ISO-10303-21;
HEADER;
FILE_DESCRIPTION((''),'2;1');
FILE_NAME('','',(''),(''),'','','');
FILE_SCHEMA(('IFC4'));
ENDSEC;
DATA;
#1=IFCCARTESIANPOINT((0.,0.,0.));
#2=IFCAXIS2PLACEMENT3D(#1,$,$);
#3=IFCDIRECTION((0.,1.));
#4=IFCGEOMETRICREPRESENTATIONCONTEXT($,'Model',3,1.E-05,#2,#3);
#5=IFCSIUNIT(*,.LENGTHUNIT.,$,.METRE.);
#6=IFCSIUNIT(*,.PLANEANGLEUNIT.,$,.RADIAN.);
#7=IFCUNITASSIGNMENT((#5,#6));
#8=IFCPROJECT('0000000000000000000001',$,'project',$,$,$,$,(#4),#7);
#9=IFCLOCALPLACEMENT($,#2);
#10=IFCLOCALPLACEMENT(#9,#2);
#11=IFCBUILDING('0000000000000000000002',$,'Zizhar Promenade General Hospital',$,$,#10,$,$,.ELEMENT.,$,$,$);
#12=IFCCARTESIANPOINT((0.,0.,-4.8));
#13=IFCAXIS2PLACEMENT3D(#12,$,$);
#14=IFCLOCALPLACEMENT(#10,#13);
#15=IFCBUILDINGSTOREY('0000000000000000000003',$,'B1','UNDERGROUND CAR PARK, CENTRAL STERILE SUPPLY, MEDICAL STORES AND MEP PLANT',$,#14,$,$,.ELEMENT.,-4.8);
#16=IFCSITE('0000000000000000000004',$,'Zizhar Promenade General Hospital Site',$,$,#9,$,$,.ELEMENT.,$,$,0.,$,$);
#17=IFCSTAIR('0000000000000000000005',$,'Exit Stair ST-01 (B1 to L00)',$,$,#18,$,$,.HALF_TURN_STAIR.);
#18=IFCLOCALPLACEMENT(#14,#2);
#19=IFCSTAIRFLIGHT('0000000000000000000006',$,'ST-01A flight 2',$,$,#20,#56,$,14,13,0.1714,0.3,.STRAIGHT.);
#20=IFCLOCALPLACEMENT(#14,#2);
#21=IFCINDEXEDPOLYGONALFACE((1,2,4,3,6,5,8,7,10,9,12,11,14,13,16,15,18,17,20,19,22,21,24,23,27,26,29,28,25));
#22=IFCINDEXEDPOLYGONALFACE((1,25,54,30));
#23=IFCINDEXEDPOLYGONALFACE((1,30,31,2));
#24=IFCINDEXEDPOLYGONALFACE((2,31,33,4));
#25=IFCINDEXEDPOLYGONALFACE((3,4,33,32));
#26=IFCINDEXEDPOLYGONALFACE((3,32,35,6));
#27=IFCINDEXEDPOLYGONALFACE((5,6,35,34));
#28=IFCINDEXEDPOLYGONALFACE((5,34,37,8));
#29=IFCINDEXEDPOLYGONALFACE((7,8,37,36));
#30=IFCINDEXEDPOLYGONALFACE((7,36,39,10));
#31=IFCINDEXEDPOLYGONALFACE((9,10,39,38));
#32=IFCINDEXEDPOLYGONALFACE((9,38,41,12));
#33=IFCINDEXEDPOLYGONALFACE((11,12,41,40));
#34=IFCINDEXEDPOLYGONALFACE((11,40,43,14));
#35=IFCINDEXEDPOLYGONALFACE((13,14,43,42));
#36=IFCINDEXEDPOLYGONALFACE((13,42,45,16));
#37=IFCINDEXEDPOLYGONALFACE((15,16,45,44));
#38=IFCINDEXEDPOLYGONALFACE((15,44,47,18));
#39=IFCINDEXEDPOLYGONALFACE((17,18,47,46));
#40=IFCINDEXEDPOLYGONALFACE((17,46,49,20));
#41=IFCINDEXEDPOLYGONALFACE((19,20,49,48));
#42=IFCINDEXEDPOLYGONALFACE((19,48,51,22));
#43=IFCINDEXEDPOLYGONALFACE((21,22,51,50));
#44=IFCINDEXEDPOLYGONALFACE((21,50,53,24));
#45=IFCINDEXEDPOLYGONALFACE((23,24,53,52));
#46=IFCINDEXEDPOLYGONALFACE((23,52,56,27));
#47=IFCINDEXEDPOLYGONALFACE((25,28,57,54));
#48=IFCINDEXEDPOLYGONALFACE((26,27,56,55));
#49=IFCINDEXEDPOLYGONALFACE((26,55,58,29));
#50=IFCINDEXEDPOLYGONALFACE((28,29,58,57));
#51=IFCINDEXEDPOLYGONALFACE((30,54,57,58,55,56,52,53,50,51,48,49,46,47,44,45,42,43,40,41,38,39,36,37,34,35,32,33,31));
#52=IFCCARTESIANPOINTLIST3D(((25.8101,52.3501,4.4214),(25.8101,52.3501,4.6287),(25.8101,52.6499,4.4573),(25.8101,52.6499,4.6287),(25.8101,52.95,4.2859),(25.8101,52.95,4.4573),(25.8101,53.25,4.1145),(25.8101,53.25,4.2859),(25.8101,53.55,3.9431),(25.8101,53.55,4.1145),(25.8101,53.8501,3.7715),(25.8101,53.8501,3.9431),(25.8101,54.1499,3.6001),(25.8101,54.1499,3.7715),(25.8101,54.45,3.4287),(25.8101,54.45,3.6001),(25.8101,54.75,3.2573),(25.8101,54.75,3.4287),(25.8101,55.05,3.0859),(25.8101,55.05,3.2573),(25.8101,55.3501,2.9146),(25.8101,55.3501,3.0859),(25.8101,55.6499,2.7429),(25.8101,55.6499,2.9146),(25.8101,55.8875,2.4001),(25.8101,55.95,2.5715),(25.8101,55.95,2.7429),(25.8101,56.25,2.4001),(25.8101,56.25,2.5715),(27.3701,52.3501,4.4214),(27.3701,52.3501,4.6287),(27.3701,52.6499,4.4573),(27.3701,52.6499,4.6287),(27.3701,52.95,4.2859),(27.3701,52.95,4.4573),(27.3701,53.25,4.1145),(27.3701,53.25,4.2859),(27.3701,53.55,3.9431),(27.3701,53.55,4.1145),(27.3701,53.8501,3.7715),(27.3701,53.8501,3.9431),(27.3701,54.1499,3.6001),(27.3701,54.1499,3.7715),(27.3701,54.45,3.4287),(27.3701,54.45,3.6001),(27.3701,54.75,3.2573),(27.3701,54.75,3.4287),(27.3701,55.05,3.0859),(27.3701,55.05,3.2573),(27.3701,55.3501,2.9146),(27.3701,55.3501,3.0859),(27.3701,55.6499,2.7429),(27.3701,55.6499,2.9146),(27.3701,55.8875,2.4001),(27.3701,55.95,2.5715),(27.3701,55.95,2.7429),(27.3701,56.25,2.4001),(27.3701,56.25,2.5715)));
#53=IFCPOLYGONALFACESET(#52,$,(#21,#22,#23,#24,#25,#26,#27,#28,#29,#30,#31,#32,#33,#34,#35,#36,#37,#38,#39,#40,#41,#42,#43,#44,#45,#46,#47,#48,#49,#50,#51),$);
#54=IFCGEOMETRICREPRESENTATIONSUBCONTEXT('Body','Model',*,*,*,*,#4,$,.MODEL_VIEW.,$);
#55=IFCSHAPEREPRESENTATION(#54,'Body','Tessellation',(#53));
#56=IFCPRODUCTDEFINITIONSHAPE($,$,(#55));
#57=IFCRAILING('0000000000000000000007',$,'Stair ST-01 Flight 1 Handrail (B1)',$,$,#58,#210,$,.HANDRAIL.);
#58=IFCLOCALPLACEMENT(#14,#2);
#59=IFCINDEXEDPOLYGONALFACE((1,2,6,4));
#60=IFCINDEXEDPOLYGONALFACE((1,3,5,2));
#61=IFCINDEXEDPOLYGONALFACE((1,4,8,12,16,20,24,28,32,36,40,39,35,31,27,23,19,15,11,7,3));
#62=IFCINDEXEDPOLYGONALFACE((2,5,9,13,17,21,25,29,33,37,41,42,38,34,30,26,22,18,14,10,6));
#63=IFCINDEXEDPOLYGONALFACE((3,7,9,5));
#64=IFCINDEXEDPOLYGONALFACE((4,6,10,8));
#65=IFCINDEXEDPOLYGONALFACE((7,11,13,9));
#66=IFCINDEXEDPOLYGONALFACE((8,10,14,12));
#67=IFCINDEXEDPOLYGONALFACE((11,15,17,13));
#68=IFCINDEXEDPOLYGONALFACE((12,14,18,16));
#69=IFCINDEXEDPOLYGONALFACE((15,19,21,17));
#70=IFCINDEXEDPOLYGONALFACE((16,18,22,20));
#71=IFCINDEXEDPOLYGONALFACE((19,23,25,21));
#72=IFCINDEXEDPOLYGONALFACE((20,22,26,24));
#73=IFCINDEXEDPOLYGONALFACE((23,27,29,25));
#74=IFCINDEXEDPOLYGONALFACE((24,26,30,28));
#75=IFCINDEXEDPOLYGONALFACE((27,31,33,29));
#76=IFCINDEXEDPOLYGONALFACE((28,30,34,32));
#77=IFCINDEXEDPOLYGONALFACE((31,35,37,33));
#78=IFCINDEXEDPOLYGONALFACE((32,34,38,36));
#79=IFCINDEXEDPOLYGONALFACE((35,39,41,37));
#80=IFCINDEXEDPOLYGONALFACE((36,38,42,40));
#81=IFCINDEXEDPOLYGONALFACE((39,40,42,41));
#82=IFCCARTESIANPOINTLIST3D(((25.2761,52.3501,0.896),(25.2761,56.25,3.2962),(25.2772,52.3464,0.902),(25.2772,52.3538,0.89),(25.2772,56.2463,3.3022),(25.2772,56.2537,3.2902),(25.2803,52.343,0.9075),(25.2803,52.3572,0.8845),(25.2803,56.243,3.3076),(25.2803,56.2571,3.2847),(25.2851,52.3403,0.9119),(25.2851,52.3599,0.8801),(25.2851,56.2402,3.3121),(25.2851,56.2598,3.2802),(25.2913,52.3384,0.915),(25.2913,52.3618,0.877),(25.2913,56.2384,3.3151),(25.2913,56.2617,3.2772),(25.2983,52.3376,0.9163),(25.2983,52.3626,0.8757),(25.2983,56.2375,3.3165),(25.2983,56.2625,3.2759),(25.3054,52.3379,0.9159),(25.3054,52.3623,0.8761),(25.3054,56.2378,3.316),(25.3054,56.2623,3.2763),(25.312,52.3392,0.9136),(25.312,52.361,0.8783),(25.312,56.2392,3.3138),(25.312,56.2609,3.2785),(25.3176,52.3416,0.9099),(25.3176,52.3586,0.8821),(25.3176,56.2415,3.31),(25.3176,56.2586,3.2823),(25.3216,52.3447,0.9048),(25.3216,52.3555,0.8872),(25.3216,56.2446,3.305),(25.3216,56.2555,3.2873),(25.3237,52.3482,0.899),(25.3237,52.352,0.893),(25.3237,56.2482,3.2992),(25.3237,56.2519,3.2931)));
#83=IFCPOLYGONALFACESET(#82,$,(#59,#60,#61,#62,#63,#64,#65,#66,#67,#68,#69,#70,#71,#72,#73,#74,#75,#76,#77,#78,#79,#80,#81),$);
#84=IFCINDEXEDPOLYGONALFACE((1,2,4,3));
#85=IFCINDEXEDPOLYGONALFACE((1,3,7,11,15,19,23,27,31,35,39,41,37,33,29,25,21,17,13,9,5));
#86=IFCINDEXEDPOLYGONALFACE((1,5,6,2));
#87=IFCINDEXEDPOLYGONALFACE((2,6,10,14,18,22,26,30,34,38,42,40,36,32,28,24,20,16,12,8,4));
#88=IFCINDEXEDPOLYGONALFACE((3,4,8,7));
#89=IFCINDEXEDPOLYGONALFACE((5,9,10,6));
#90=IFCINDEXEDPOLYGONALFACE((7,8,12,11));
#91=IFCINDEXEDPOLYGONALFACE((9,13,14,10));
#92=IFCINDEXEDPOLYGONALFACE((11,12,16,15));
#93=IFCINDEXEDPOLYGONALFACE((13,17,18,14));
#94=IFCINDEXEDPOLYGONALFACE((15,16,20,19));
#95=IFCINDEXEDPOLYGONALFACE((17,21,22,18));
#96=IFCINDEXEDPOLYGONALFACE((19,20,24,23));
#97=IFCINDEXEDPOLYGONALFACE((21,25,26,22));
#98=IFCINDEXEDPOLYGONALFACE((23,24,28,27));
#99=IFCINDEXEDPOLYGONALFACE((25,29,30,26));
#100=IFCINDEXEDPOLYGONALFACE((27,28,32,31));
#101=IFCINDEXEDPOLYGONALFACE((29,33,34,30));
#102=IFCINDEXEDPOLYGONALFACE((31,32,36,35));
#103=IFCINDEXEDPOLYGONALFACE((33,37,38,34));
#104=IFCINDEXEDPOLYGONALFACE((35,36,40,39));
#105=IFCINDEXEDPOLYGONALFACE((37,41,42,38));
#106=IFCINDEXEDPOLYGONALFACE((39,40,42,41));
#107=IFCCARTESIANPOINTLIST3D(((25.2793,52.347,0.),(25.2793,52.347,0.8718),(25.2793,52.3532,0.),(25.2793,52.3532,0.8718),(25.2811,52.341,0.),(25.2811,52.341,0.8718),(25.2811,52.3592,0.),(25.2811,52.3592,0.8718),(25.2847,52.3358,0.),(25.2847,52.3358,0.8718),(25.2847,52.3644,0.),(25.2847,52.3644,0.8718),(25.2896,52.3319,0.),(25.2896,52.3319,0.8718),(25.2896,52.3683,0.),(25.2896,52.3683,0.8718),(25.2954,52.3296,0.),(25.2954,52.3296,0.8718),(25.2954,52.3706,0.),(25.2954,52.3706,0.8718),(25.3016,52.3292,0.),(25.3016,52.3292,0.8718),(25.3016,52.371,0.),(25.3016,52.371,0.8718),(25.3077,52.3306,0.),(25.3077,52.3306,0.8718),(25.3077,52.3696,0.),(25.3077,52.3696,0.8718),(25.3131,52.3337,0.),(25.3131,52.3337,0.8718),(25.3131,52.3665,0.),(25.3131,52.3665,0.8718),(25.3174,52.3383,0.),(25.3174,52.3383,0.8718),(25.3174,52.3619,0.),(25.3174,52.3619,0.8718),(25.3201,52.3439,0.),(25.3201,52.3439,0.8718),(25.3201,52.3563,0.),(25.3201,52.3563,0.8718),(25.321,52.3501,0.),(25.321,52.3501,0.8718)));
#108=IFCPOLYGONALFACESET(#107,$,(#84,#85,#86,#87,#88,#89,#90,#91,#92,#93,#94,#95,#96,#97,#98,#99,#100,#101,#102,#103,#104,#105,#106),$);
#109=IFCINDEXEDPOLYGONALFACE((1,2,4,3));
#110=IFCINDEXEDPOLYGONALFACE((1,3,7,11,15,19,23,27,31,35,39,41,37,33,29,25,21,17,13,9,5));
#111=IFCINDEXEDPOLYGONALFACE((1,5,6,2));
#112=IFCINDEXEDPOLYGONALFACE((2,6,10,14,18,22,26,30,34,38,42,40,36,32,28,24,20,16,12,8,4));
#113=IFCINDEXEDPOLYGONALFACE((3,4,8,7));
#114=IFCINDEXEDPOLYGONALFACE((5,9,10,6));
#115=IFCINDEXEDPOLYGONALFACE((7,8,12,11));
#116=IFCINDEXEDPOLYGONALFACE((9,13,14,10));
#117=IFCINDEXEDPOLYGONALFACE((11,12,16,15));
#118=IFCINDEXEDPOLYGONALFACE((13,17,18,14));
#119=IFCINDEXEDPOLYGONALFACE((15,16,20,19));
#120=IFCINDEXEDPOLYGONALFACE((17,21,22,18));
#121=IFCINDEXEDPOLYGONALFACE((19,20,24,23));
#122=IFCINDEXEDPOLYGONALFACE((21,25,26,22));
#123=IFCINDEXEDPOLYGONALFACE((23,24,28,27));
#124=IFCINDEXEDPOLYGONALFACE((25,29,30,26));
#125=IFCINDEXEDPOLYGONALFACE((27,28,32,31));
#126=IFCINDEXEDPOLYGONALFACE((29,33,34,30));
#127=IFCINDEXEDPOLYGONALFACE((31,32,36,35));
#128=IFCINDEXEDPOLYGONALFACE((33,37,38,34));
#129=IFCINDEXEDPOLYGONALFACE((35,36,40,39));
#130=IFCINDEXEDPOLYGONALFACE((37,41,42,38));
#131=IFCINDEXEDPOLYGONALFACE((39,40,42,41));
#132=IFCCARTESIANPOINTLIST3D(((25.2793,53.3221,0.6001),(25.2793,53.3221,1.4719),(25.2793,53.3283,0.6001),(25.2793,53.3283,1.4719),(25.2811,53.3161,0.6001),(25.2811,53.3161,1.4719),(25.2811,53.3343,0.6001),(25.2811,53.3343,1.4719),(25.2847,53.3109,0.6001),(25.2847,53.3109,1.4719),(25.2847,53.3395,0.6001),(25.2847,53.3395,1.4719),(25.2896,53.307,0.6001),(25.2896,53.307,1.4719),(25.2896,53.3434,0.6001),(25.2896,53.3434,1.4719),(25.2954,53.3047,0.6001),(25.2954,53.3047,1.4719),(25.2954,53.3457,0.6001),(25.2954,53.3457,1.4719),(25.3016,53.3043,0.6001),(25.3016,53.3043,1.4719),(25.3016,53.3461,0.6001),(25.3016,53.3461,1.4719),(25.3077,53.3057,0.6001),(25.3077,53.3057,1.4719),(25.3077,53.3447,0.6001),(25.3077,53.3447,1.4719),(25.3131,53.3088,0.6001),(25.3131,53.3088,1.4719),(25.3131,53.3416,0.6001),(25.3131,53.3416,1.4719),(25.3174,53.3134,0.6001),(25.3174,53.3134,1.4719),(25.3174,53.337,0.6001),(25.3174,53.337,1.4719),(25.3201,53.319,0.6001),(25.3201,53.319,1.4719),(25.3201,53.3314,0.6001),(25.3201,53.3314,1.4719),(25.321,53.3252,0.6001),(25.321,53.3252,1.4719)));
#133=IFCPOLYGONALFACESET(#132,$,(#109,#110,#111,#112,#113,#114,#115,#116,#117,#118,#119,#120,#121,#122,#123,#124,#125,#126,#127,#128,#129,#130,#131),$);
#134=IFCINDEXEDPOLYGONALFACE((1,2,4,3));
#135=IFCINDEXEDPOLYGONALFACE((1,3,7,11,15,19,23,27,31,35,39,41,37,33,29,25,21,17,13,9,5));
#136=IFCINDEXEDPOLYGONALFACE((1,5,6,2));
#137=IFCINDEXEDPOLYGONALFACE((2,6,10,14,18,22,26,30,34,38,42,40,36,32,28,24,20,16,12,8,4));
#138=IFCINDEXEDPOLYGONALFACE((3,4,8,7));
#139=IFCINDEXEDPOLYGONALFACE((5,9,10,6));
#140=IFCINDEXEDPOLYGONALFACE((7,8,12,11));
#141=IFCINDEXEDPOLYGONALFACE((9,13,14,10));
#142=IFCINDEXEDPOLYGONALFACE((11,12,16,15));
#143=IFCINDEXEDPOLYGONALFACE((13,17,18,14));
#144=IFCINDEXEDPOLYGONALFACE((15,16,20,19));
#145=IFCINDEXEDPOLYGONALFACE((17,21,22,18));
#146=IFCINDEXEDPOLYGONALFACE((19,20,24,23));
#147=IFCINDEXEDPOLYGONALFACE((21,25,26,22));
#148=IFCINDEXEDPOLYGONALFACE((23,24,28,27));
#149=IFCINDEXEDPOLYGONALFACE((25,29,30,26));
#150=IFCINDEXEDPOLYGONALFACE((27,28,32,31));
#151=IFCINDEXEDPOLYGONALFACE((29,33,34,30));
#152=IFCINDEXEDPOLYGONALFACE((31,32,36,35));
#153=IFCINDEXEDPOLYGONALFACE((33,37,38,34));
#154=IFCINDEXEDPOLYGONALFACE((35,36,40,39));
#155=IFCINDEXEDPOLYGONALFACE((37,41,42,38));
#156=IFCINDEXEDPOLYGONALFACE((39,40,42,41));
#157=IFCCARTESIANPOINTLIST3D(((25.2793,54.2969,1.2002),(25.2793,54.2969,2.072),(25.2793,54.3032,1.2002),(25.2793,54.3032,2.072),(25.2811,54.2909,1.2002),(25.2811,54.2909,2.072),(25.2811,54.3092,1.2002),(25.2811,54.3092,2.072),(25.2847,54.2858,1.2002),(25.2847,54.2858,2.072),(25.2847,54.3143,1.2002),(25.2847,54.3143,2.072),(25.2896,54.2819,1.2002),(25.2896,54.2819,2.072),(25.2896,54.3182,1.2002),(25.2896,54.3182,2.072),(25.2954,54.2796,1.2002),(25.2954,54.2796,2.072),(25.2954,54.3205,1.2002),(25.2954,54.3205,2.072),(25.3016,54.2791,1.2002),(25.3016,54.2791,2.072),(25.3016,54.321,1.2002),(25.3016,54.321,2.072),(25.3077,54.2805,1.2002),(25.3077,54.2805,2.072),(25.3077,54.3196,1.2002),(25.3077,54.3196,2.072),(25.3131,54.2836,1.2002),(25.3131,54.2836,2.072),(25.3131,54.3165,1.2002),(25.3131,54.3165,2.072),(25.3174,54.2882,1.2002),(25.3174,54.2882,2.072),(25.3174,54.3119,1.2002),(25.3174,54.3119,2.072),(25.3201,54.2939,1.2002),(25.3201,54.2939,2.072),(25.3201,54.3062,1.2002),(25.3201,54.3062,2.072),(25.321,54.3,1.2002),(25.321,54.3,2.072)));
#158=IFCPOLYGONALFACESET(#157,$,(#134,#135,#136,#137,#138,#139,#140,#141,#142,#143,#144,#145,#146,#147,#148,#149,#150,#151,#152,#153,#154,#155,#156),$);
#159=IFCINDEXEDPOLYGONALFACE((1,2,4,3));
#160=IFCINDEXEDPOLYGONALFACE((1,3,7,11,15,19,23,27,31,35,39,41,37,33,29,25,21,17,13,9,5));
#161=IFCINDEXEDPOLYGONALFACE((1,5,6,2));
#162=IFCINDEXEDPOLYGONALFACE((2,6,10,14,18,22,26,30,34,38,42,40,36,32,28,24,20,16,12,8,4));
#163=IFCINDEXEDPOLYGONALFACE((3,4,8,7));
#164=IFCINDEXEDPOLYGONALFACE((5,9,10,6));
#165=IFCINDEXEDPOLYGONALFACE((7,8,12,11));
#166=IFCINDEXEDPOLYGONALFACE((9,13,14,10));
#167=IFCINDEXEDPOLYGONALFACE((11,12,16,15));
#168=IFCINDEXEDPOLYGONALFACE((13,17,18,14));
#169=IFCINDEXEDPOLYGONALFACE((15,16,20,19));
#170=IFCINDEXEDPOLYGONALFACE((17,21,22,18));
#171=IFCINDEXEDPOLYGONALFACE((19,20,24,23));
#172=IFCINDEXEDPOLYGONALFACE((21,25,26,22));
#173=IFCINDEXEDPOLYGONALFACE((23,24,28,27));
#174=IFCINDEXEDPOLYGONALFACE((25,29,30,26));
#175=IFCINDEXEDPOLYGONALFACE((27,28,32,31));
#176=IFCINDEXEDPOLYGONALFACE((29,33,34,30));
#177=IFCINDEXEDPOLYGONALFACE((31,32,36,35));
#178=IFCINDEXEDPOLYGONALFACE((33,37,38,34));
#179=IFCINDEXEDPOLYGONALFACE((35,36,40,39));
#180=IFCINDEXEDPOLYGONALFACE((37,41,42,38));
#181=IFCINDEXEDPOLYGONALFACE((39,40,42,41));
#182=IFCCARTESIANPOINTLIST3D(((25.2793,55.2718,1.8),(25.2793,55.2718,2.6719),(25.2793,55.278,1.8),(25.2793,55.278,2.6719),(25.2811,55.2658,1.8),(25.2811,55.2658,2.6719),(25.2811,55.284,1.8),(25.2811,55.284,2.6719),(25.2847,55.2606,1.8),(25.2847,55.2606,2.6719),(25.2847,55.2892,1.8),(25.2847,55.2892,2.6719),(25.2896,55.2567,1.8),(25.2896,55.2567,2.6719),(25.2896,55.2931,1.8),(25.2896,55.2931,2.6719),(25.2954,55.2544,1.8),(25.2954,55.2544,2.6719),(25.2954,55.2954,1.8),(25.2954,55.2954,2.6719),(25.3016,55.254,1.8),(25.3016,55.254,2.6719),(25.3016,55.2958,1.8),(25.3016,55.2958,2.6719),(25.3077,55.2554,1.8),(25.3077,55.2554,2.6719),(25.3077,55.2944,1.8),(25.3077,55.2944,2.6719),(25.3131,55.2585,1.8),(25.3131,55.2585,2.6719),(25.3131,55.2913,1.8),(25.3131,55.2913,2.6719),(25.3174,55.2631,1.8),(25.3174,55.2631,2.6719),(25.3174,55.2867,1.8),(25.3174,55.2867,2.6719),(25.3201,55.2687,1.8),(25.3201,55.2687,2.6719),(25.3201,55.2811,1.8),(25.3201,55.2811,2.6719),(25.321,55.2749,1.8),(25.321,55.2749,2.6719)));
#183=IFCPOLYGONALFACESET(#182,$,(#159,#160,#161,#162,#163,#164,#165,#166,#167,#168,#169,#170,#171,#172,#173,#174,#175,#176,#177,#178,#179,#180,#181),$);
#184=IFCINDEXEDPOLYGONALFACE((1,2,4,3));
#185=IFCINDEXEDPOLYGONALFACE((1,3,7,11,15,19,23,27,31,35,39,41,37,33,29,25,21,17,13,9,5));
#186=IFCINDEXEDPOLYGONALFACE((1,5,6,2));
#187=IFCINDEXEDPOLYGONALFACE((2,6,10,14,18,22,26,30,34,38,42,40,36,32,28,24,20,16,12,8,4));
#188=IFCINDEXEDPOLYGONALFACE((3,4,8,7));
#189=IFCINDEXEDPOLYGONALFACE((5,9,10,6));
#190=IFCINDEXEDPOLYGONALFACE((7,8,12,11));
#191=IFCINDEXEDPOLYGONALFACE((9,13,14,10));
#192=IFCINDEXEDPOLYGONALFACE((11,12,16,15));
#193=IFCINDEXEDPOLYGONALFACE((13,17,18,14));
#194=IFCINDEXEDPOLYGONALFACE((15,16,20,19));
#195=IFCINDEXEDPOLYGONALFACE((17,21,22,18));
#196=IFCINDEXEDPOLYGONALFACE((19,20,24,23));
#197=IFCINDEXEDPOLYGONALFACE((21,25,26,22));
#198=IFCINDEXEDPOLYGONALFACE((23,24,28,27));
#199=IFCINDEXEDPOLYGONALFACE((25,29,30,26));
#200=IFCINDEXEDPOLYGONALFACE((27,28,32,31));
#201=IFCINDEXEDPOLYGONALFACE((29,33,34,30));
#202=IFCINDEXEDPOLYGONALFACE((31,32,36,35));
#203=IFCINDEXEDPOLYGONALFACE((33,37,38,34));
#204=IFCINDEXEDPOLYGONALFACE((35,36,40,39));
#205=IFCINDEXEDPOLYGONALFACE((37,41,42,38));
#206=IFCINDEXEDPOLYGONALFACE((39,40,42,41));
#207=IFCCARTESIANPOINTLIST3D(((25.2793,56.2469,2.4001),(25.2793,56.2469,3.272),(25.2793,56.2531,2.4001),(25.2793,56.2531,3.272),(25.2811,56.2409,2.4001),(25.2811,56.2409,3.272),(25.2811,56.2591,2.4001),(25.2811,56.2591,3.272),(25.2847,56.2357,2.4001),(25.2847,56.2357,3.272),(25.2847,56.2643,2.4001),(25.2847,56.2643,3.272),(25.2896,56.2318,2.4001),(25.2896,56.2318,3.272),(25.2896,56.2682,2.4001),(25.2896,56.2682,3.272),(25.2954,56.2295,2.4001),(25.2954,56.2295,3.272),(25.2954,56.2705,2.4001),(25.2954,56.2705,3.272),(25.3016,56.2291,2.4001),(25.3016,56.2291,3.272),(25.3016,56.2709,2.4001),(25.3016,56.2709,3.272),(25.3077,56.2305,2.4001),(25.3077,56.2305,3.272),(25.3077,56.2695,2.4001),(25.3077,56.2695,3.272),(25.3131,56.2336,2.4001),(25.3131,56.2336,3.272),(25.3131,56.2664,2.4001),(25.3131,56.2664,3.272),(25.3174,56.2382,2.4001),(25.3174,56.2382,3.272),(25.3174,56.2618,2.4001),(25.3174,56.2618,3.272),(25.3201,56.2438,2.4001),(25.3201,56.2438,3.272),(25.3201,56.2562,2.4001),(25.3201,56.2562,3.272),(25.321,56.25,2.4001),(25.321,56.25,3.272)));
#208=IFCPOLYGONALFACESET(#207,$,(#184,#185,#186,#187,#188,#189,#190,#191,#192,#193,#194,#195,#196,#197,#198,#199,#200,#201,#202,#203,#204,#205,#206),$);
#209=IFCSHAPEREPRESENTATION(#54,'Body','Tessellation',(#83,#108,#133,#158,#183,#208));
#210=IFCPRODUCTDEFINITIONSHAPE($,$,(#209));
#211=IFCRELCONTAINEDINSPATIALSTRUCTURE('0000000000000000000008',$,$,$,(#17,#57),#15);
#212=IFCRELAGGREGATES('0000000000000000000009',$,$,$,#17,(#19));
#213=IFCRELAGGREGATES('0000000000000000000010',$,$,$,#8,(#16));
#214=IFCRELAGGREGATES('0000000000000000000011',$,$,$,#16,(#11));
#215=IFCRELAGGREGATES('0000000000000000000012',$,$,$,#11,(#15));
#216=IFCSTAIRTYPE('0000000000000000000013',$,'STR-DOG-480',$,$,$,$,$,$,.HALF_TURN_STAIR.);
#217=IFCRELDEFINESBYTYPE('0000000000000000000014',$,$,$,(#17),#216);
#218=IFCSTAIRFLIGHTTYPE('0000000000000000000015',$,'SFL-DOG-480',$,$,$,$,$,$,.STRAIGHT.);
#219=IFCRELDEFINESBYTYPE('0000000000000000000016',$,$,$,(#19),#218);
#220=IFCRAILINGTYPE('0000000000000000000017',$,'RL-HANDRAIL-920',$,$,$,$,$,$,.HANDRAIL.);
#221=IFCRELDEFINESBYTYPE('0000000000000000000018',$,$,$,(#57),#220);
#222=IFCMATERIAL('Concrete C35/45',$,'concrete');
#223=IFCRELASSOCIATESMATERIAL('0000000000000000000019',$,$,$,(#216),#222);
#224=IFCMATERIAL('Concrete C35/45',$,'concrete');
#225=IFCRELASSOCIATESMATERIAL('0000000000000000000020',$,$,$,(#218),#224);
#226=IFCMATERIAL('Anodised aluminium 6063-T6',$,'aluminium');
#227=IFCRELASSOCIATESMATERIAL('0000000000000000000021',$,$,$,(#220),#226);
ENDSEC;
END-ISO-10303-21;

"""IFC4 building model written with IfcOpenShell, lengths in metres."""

from ifc_helpers import new_model, si_unit, direction, frame, origin, origin_2d, place, context, subcontext, project, spatial, polyline, circle, hollow_circle, outline, extrude, material, material_profile, profile_set, type_object, element, aggregate, save


model = new_model("IFC4")

# Units and contexts
model_context = context("Model", 3, precision=1e-05, world=origin(), true_north=direction((0.0, 1.0)))
body_context = subcontext(model_context, "Body", "Model", "MODEL_VIEW")
ifc_project = project(units=[si_unit("LENGTHUNIT", "METRE"), si_unit("PLANEANGLEUNIT", "RADIAN")], contexts=[model_context])

# Site, building, storey
site_placement = place(None, origin())
site = spatial("IfcSite", under=ifc_project, at=site_placement, Name="Zizhar Promenade General Hospital Site", CompositionType="ELEMENT", RefElevation=0.0)
building_placement = place(site_placement, origin())
building = spatial("IfcBuilding", under=site, at=building_placement, Name="Zizhar Promenade General Hospital", CompositionType="ELEMENT")
storey_placement = place(building_placement, frame((0.0, 0.0, -4.8)))
storey = spatial("IfcBuildingStorey", under=building, at=storey_placement, Name="B1", Description="UNDERGROUND CAR PARK, CENTRAL STERILE SUPPLY, MEDICAL STORES AND MEP PLANT", CompositionType="ELEMENT", Elevation=-4.8)

# Stair, stair flight
ifc_material_1 = material(Name="Concrete C35/45", Category="concrete")
stair_type = type_object("IfcStairType", Name="STR-DOG-480", PredefinedType="HALF_TURN_STAIR", material=ifc_material_1)
stair_placement = place(storey_placement, origin())
stair = element("IfcStair", 1, at=stair_placement, inside=storey, type_object=stair_type, Name="Exit Stair ST-01 (B1 to L00)", PredefinedType="HALF_TURN_STAIR")
ifc_material_2 = material(Name="Concrete C35/45", Category="concrete")
stair_flight_type = type_object("IfcStairFlightType", Name="SFL-DOG-480", PredefinedType="STRAIGHT", material=ifc_material_2)
stair_flight_1_placement = place(storey_placement, frame((26.5901, 56.25, 2.4001), z_axis=(0.0, 0.0, 1.0), x_axis=(0.0, -1.0, 0.0)))
stair_flight_1 = element("IfcStairFlight", 2, at=stair_flight_1_placement, type_object=stair_flight_type, Name="ST-01A flight 2", NumberOfRisers=14, NumberOfTreads=13, PredefinedType="STRAIGHT", RiserHeight=0.1714, TreadLength=0.3, context=body_context, shape_type="SweptSolid", body=[
    extrude(outline(polyline([(0.0, 0.0), (0.0, 0.1714), (0.3, 0.1714), (0.3, 0.3428), (0.6001, 0.3428), (0.6001, 0.5144), (0.8999, 0.5144), (0.8999, 0.6858), (1.2, 0.6858), (1.2, 0.8572), (1.5, 0.8572), (1.5, 1.0286), (1.8, 1.0286), (1.8, 1.2), (2.1001, 1.2), (2.1001, 1.3713), (2.3999, 1.3713), (2.3999, 1.543), (2.7, 1.543), (2.7, 1.7144), (3.0, 1.7144), (3.0, 1.8857), (3.3, 1.8857), (3.3, 2.0571), (3.6001, 2.0571), (3.6001, 2.2285), (3.8999, 2.2285), (3.8999, 2.3999), (3.8999, 2.0212), (0.3625, 0.0), (0.0, 0.0)])), frame((0.0, 0.78, 0.0), z_axis=(0.0, -1.0, 0.0), x_axis=(1.0, 0.0, 0.0)), (0.0, 0.0, 1.0), 1.5601),
])
aggregate(stair, [stair_flight_1])

# Railing
ifc_material_3 = material(Name="Anodised aluminium 6063-T6", Category="aluminium")
ifc_material_profile_1 = material_profile(ifc_material_3, hollow_circle(Radius=0.0698, WallThickness=0.0063, at=origin_2d()))
ifc_profile_set_1 = profile_set([ifc_material_profile_1], Name="Anodised aluminium 6063-T6")
railing_type_1 = type_object("IfcRailingType", Name="RL-HANDRAIL-920", PredefinedType="HANDRAIL", material=ifc_profile_set_1)
railing_1_placement = place(storey_placement, frame((25.3, 52.3501, 0.0)))
element("IfcRailing", 3, at=railing_1_placement, inside=storey, type_object=railing_type_1, Name="Stair ST-01 Flight 1 Handrail (B1)", PredefinedType="HANDRAIL", context=body_context, shape_type="SweptSolid", body=[
    extrude(circle(Radius=0.0239, at=origin_2d()), frame((0.0, 0.0, 0.896), z_axis=(0.0, 0.851638, 0.52413), x_axis=(-1.0, 0.0, 0.0)), (0.0, 0.0, 1.0), 4.5793),
    extrude(circle(Radius=0.021, at=origin_2d()), origin(), (0.0, 0.0, 1.0), 0.8718),
    extrude(circle(Radius=0.021, at=origin_2d()), frame((0.0, 0.9751, 0.6001)), (0.0, 0.0, 1.0), 0.8718),
    extrude(circle(Radius=0.021, at=origin_2d()), frame((0.0, 1.95, 1.2002)), (0.0, 0.0, 1.0), 0.8718),
    extrude(circle(Radius=0.021, at=origin_2d()), frame((0.0, 2.9248, 1.8)), (0.0, 0.0, 1.0), 0.8718),
    extrude(circle(Radius=0.021, at=origin_2d()), frame((0.0, 3.8999, 2.4001)), (0.0, 0.0, 1.0), 0.8718),
])

save(model, "model.ifc")
